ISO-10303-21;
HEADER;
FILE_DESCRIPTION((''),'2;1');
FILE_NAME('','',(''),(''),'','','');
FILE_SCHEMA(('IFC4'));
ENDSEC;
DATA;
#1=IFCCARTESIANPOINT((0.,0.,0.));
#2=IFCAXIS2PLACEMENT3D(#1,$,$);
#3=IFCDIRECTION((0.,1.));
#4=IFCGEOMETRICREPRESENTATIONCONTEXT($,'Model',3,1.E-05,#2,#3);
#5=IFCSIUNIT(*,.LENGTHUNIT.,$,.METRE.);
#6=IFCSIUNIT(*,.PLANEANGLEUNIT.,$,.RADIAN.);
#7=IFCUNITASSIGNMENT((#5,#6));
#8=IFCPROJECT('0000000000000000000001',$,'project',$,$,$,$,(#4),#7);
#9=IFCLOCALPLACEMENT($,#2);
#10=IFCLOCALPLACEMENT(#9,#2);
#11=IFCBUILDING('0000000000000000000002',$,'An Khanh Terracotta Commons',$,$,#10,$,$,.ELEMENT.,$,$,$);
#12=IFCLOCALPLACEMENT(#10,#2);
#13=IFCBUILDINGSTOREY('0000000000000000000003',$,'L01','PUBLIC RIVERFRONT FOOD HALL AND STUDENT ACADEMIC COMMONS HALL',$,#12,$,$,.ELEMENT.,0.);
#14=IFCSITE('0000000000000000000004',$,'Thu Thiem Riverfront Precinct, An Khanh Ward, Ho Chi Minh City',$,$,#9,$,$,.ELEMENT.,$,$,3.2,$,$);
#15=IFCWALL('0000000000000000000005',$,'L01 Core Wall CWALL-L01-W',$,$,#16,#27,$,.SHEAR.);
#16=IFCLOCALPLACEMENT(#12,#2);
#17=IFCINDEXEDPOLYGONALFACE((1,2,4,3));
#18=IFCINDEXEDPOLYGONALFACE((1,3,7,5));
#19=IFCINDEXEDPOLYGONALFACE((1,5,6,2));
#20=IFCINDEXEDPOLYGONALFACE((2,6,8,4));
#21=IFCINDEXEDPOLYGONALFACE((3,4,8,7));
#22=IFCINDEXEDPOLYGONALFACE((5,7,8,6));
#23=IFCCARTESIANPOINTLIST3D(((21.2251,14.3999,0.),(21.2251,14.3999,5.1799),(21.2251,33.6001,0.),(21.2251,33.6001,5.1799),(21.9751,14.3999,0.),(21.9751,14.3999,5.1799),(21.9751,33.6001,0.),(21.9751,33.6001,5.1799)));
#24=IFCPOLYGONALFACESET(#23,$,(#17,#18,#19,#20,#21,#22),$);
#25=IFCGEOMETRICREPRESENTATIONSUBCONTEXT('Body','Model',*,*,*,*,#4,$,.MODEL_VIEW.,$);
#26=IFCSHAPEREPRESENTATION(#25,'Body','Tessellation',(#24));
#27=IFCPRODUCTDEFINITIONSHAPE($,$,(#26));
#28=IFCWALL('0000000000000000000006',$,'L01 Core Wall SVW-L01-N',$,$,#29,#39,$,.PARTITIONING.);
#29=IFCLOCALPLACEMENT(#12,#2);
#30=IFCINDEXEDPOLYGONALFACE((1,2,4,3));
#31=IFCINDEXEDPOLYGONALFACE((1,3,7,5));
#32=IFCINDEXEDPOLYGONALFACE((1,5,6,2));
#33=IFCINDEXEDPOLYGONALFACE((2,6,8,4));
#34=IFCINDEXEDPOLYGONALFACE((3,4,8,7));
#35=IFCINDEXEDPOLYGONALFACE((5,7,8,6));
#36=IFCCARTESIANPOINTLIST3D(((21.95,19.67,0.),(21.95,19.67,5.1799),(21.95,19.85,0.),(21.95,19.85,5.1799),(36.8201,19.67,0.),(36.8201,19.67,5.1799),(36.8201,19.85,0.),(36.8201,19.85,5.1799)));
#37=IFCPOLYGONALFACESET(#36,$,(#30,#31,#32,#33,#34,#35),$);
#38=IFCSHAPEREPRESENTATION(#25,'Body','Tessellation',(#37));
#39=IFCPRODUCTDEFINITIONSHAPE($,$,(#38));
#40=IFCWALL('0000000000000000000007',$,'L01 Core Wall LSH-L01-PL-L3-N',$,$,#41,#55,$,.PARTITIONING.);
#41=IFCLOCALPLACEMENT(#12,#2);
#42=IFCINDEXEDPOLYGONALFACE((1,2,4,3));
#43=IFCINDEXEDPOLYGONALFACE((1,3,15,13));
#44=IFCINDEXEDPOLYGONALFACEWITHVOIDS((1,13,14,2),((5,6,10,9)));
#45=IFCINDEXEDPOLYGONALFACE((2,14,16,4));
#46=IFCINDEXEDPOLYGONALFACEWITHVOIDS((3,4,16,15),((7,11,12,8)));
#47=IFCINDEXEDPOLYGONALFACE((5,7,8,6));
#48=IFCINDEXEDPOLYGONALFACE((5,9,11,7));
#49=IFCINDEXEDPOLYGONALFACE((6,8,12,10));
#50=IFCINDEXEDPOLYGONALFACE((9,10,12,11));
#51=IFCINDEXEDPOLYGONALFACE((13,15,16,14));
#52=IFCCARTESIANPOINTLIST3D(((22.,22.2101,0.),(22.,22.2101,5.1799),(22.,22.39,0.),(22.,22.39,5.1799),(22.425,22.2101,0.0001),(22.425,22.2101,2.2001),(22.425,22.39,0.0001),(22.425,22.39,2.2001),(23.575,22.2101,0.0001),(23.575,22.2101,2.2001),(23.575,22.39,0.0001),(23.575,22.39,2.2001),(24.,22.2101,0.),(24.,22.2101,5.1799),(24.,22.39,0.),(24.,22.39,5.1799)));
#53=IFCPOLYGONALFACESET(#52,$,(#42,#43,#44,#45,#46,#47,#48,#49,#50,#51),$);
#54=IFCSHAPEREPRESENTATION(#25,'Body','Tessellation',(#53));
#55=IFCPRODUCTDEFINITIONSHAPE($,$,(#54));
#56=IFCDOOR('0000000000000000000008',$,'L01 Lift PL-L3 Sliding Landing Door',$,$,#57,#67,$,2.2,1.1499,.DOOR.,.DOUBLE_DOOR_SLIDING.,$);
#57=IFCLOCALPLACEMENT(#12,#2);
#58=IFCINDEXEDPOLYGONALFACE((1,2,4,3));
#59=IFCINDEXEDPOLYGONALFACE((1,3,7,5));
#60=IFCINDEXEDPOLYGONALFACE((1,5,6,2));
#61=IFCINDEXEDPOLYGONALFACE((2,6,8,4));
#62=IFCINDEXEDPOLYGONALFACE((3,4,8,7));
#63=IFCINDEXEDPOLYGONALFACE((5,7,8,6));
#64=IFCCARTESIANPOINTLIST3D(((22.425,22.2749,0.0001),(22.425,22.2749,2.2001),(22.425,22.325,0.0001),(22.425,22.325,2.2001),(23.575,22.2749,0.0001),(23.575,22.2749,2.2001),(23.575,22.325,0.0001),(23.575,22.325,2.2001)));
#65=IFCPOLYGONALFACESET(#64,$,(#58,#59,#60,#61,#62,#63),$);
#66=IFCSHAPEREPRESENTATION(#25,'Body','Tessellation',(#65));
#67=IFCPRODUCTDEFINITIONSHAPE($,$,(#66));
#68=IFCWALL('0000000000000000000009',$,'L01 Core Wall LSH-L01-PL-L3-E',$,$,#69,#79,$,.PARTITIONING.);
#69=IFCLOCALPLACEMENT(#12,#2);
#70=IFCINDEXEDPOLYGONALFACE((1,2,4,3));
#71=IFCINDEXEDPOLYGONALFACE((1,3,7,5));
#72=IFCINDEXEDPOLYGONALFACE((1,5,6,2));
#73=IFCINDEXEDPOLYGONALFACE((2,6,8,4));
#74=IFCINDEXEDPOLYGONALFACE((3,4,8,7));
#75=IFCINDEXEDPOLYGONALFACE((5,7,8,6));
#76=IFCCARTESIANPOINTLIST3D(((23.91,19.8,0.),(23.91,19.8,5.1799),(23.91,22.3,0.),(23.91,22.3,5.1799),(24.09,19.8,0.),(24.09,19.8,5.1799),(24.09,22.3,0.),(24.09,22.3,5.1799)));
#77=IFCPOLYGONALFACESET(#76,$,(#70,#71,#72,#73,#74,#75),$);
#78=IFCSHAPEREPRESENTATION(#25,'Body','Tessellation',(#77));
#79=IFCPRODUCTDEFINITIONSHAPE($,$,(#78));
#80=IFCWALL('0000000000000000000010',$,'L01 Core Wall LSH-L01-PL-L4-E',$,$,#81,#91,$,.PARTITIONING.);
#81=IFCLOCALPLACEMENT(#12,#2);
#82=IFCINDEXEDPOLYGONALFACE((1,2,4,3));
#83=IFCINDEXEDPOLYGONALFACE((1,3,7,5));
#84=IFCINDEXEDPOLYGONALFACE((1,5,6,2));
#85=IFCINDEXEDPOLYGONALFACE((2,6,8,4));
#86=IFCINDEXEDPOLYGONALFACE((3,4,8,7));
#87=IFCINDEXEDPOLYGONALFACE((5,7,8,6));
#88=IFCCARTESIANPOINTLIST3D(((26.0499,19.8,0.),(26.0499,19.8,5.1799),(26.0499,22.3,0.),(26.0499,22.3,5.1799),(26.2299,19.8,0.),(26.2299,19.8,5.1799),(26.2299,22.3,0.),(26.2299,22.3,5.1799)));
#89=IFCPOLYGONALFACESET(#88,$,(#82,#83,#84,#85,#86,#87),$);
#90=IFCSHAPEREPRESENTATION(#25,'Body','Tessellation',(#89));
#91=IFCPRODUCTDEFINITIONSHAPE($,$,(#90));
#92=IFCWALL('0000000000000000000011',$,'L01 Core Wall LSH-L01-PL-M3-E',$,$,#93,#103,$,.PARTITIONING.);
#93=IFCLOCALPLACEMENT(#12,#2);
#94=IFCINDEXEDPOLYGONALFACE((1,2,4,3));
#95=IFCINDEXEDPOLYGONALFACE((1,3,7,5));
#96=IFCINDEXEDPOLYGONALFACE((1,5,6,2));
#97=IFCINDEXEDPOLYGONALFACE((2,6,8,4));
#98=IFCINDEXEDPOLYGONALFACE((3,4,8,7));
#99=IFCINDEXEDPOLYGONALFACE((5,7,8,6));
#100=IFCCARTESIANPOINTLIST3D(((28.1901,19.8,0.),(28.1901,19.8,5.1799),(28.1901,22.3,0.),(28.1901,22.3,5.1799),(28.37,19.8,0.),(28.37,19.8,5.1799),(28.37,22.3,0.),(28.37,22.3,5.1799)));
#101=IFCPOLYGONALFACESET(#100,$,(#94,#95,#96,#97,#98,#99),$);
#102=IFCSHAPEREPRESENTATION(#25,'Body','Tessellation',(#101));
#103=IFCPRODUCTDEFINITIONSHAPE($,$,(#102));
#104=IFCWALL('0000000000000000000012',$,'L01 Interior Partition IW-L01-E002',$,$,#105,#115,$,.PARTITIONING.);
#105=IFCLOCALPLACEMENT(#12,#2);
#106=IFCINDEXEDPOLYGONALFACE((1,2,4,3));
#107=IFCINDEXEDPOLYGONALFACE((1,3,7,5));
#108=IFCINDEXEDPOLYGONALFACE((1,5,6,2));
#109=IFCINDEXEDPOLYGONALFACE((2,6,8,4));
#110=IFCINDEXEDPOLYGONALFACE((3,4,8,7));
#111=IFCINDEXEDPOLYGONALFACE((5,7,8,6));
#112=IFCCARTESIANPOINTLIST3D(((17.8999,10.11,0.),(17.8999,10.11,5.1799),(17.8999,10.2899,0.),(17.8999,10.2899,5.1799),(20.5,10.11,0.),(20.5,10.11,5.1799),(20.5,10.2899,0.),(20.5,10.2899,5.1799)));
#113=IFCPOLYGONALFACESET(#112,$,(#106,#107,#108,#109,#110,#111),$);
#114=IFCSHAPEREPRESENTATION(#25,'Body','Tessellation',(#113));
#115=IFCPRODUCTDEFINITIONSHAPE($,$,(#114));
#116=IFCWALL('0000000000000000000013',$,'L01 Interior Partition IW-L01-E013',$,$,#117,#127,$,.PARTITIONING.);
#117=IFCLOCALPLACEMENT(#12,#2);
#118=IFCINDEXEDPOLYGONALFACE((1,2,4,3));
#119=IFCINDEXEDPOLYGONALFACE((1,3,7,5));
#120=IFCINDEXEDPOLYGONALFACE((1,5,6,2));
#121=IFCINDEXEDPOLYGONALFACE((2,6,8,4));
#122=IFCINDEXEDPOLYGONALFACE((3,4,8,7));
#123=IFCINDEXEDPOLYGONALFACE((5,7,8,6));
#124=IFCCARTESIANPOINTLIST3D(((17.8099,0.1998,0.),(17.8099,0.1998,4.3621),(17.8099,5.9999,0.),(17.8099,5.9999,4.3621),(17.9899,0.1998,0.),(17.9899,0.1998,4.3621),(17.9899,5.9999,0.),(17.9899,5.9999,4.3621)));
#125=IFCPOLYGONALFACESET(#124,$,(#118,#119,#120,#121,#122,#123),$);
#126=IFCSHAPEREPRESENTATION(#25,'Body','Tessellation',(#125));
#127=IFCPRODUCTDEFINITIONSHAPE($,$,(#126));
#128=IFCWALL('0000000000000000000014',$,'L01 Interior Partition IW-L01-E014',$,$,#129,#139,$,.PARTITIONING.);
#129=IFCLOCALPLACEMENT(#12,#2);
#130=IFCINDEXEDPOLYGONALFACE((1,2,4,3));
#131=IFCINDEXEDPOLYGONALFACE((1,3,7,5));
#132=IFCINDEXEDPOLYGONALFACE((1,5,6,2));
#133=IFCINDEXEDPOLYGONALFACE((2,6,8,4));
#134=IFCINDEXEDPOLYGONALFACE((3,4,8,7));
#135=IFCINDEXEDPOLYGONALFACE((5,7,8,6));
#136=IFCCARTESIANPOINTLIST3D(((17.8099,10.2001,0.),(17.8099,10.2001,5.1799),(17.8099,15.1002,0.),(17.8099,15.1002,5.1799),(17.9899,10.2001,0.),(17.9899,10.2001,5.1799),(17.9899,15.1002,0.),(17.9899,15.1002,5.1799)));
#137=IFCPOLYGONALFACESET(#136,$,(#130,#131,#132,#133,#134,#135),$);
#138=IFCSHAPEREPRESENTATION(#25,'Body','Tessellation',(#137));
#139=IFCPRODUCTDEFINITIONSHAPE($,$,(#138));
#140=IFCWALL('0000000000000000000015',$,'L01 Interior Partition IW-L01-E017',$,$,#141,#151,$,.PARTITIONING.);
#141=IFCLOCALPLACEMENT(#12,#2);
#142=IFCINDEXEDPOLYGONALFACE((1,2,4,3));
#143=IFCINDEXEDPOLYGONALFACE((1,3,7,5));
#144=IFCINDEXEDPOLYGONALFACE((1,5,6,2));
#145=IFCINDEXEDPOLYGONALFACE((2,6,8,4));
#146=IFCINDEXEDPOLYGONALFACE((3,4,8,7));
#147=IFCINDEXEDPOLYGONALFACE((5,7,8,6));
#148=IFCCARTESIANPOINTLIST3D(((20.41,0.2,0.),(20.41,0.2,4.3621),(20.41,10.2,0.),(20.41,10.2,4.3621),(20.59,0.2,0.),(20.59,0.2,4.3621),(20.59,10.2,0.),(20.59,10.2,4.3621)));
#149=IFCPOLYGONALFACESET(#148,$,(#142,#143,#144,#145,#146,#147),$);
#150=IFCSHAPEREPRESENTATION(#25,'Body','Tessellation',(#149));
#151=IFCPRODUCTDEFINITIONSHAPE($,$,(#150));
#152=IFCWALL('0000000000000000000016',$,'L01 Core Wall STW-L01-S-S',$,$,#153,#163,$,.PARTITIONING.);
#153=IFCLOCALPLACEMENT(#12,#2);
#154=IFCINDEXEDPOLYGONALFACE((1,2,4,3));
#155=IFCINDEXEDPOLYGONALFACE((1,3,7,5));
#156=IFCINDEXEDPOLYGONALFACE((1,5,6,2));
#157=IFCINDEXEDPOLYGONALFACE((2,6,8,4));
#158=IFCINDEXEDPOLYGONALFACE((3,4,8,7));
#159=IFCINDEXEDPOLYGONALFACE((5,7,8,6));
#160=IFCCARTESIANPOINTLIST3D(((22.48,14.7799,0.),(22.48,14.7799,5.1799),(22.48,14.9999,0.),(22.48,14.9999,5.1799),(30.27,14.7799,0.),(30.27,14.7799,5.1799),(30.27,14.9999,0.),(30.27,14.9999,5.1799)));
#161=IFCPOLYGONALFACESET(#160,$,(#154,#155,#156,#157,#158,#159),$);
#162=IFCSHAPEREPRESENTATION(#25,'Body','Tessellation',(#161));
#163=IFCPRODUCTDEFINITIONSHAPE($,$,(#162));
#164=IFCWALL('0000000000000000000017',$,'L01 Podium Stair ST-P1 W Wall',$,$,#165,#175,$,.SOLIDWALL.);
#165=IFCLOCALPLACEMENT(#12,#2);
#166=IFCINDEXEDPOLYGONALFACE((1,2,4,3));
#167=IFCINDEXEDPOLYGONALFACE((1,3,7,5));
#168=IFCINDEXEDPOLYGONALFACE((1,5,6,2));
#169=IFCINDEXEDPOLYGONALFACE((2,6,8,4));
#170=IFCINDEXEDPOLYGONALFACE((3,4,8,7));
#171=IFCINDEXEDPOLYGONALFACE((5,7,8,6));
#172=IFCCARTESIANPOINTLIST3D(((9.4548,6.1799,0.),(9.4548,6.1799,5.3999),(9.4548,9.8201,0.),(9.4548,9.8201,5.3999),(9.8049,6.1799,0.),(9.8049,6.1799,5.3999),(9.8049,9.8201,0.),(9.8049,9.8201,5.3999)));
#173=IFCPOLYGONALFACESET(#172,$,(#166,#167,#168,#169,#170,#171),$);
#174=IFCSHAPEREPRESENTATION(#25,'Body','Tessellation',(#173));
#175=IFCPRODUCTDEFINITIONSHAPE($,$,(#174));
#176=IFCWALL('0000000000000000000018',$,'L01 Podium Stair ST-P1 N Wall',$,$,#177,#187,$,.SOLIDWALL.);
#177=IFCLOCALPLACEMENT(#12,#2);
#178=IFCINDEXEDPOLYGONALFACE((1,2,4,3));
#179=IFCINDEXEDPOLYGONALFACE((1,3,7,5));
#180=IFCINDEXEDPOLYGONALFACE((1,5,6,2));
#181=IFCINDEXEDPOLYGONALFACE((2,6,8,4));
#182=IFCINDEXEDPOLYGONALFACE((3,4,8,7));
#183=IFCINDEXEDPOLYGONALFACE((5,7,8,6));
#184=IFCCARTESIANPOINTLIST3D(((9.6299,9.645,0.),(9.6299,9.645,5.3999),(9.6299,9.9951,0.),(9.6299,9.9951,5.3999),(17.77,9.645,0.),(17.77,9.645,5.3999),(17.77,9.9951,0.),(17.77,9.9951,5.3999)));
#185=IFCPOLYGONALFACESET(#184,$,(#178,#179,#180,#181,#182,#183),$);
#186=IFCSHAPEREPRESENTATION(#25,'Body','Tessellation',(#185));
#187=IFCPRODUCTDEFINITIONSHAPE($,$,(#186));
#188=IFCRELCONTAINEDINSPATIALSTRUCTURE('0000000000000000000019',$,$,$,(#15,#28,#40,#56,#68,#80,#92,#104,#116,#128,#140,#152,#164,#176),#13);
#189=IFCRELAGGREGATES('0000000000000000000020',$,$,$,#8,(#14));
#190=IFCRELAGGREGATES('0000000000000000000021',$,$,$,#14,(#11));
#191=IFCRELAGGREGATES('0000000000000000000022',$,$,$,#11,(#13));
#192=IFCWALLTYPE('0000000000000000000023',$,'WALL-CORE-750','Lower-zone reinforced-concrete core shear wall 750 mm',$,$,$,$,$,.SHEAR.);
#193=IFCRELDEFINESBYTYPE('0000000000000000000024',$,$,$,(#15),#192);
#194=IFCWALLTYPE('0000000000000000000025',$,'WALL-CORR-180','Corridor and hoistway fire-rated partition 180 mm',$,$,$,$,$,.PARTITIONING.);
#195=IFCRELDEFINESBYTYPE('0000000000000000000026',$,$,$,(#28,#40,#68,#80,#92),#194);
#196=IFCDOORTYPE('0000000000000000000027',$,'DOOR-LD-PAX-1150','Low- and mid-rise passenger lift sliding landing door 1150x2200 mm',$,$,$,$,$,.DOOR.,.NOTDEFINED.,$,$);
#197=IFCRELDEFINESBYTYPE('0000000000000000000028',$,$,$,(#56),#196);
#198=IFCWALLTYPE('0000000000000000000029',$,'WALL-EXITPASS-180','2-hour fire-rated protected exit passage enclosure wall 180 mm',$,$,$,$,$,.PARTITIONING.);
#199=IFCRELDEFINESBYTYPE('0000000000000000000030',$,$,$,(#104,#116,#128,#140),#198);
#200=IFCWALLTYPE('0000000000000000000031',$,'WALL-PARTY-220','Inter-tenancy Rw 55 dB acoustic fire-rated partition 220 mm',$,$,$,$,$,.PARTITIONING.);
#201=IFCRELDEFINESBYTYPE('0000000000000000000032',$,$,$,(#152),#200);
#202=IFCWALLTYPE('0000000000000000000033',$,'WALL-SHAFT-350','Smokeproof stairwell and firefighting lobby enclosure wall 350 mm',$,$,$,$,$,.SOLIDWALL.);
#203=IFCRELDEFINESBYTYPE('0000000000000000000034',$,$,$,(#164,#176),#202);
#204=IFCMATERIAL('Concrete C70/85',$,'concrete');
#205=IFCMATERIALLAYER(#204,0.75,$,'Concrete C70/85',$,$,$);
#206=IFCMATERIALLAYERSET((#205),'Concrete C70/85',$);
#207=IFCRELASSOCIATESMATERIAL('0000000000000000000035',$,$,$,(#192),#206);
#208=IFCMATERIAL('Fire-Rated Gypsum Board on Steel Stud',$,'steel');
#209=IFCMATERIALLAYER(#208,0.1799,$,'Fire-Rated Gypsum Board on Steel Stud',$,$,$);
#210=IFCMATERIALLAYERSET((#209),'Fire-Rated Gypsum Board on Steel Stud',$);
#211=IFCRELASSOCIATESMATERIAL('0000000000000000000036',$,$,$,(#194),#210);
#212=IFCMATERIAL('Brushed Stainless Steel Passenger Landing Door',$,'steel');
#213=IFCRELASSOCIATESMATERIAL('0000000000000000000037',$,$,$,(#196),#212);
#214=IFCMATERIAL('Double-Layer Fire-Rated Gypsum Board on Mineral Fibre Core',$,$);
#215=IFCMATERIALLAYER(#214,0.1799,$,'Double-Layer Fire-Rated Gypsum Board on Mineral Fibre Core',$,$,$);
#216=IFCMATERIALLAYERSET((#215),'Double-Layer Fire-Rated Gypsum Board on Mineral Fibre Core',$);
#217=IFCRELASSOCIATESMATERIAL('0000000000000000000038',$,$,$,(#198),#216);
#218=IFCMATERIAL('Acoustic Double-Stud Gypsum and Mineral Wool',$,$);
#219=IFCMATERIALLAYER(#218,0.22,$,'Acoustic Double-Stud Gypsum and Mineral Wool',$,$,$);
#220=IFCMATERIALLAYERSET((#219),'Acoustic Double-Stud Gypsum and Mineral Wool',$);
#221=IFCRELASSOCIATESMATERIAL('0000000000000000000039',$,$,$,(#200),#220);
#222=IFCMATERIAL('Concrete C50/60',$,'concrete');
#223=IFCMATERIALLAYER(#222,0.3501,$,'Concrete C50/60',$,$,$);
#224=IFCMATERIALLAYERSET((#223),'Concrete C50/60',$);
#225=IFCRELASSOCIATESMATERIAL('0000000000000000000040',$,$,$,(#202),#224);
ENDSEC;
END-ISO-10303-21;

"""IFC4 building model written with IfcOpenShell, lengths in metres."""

from ifc_helpers import new_model, si_unit, direction, frame, frame_2d, origin, place, context, subcontext, project, spatial, rectangle, extrude, material, layer, layer_set, type_object, element, fill, save


model = new_model("IFC4")

# Units and contexts
model_context = context("Model", 3, precision=1e-05, world=origin(), true_north=direction((0.0, 1.0)))
body_context = subcontext(model_context, "Body", "Model", "MODEL_VIEW")
ifc_project = project(units=[si_unit("LENGTHUNIT", "METRE"), si_unit("PLANEANGLEUNIT", "RADIAN")], contexts=[model_context])

# Site, building, storey
site_placement = place(None, origin())
site = spatial("IfcSite", under=ifc_project, at=site_placement, Name="Thu Thiem Riverfront Precinct, An Khanh Ward, Ho Chi Minh City", CompositionType="ELEMENT", RefElevation=3.2)
building_placement = place(site_placement, origin())
building = spatial("IfcBuilding", under=site, at=building_placement, Name="An Khanh Terracotta Commons", CompositionType="ELEMENT")
storey_placement = place(building_placement, origin())
storey = spatial("IfcBuildingStorey", under=building, at=storey_placement, Name="L01", Description="PUBLIC RIVERFRONT FOOD HALL AND STUDENT ACADEMIC COMMONS HALL", CompositionType="ELEMENT", Elevation=0.0)

# Shared definitions
ifc_material_1 = material(Name="Concrete C70/85", Category="concrete")

# Walls
ifc_layer_1 = layer(ifc_material_1, 0.75, Name="Concrete C70/85")
ifc_layer_set_1 = layer_set([ifc_layer_1], Name="Concrete C70/85")
wall_type_1 = type_object("IfcWallType", Name="WALL-CORE-750", Description="Lower-zone reinforced-concrete core shear wall 750 mm", PredefinedType="SHEAR", material=ifc_layer_set_1)
wall_1_placement = place(storey_placement, frame((21.6001, 14.3999, 0.0), z_axis=(0.0, 0.0, 1.0), x_axis=(0.0, 1.0, 0.0)))
element("IfcWall", 1, at=wall_1_placement, inside=storey, type_object=wall_type_1, Name="L01 Core Wall CWALL-L01-W", PredefinedType="SHEAR", context=body_context, shape_type="SweptSolid", body=[
    extrude(rectangle(XDim=19.2002, YDim=0.75, at=frame_2d((9.6001, 0.0))), origin(), (0.0, 0.0, 1.0), 5.1799),
])
ifc_material_2 = material(Name="Fire-Rated Gypsum Board on Steel Stud", Category="steel")
ifc_layer_2 = layer(ifc_material_2, 0.1799, Name="Fire-Rated Gypsum Board on Steel Stud")
ifc_layer_set_2 = layer_set([ifc_layer_2], Name="Fire-Rated Gypsum Board on Steel Stud")
wall_type_2 = type_object("IfcWallType", Name="WALL-CORR-180", Description="Corridor and hoistway fire-rated partition 180 mm", PredefinedType="PARTITIONING", material=ifc_layer_set_2)
wall_2_placement = place(storey_placement, frame((21.95, 19.76, 0.0), z_axis=(0.0, 0.0, 1.0), x_axis=(1.0, 0.0, 0.0)))
element("IfcWall", 2, at=wall_2_placement, inside=storey, type_object=wall_type_2, Name="L01 Core Wall SVW-L01-N", PredefinedType="PARTITIONING", context=body_context, shape_type="SweptSolid", body=[
    extrude(rectangle(XDim=14.8701, YDim=0.1799, at=frame_2d((7.4351, 0.0))), origin(), (0.0, 0.0, 1.0), 5.1799),
])

# Wall, opening, door
wall_3_placement = place(storey_placement, frame((22.0, 22.3, 0.0), z_axis=(0.0, 0.0, 1.0), x_axis=(1.0, 0.0, 0.0)))
wall_3 = element("IfcWall", 3, at=wall_3_placement, inside=storey, type_object=wall_type_2, Name="L01 Core Wall LSH-L01-PL-L3-N", PredefinedType="PARTITIONING", context=body_context, shape_type="SweptSolid", body=[
    extrude(rectangle(XDim=2.0, YDim=0.1799, at=frame_2d((1.0, 0.0))), origin(), (0.0, 0.0, 1.0), 5.1799),
])
opening_1_placement = place(wall_3_placement, frame((0.425, 0.0, 0.0)))
opening_1 = element("IfcOpeningElement", 4, at=opening_1_placement, cuts=wall_3, PredefinedType="OPENING", context=body_context, shape_type="SweptSolid", body=[
    extrude(rectangle(XDim=1.1499, YDim=2.2, at=frame_2d((0.575, 1.1001))), frame((0.0, 0.0999, 0.0), z_axis=(0.0, -1.0, 0.0), x_axis=(1.0, 0.0, 0.0)), (0.0, 0.0, 1.0), 0.2),
])
ifc_material_3 = material(Name="Brushed Stainless Steel Passenger Landing Door", Category="steel")
door_type_1 = type_object("IfcDoorType", Name="DOOR-LD-PAX-1150", Description="Low- and mid-rise passenger lift sliding landing door 1150x2200 mm", OperationType="NOTDEFINED", PredefinedType="DOOR", material=ifc_material_3)
door_1_placement = place(opening_1_placement, origin())
door_1 = element("IfcDoor", 5, at=door_1_placement, inside=storey, type_object=door_type_1, Name="L01 Lift PL-L3 Sliding Landing Door", OperationType="DOUBLE_DOOR_SLIDING", OverallHeight=2.2, OverallWidth=1.1499, PredefinedType="DOOR", context=body_context, shape_type="SweptSolid", body=[
    extrude(rectangle(XDim=1.1499, YDim=2.2, at=frame_2d((0.575, 1.1001))), frame((0.0, 0.0249, 0.0), z_axis=(0.0, -1.0, 0.0), x_axis=(1.0, 0.0, 0.0)), (0.0, 0.0, 1.0), 0.05),
])
fill(opening_1, door_1)

# Walls
for number, where, z_axis, x_axis, name in (
    (6, (24.0, 19.8, 0.0), (0.0, 0.0, 1.0), (0.0, 1.0, 0.0), "L01 Core Wall LSH-L01-PL-L3-E"),
    (7, (26.1399, 19.8, 0.0), (0.0, 0.0, 1.0), (0.0, 1.0, 0.0), "L01 Core Wall LSH-L01-PL-L4-E"),
    (8, (28.28, 19.8, 0.0), (0.0, 0.0, 1.0), (0.0, 1.0, 0.0), "L01 Core Wall LSH-L01-PL-M3-E"),
):
    element("IfcWall", number, at=place(storey_placement, frame(where, z_axis=z_axis, x_axis=x_axis)), inside=storey, type_object=wall_type_2, Name=name, PredefinedType="PARTITIONING", context=body_context, shape_type="SweptSolid", body=[
        extrude(rectangle(XDim=2.5, YDim=0.1799, at=frame_2d((1.25, 0.0))), origin(), (0.0, 0.0, 1.0), 5.1799),
    ])
ifc_material_4 = material(Name="Double-Layer Fire-Rated Gypsum Board on Mineral Fibre Core")
ifc_layer_3 = layer(ifc_material_4, 0.1799, Name="Double-Layer Fire-Rated Gypsum Board on Mineral Fibre Core")
ifc_layer_set_3 = layer_set([ifc_layer_3], Name="Double-Layer Fire-Rated Gypsum Board on Mineral Fibre Core")
wall_type_3 = type_object("IfcWallType", Name="WALL-EXITPASS-180", Description="2-hour fire-rated protected exit passage enclosure wall 180 mm", PredefinedType="PARTITIONING", material=ifc_layer_set_3)
wall_4_placement = place(storey_placement, frame((17.8999, 10.2, 0.0), z_axis=(0.0, 0.0, 1.0), x_axis=(1.0, 0.0, 0.0)))
element("IfcWall", 9, at=wall_4_placement, inside=storey, type_object=wall_type_3, Name="L01 Interior Partition IW-L01-E002", PredefinedType="PARTITIONING", context=body_context, shape_type="SweptSolid", body=[
    extrude(rectangle(XDim=2.6001, YDim=0.1799, at=frame_2d((1.3, 0.0))), origin(), (0.0, 0.0, 1.0), 5.1799),
])
wall_5_placement = place(storey_placement, frame((17.8999, 0.2, 0.0), z_axis=(0.0, 0.0, 1.0), x_axis=(0.0, 1.0, 0.0)))
element("IfcWall", 10, at=wall_5_placement, inside=storey, type_object=wall_type_3, Name="L01 Interior Partition IW-L01-E013", PredefinedType="PARTITIONING", context=body_context, shape_type="SweptSolid", body=[
    extrude(rectangle(XDim=5.8, YDim=0.1799, at=frame_2d((2.8999, 0.0))), origin(), (0.0, 0.0, 1.0), 4.3621),
])
wall_6_placement = place(storey_placement, frame((17.8999, 10.2, 0.0), z_axis=(0.0, 0.0, 1.0), x_axis=(0.0, 1.0, 0.0)))
element("IfcWall", 11, at=wall_6_placement, inside=storey, type_object=wall_type_3, Name="L01 Interior Partition IW-L01-E014", PredefinedType="PARTITIONING", context=body_context, shape_type="SweptSolid", body=[
    extrude(rectangle(XDim=4.9001, YDim=0.1799, at=frame_2d((2.4502, 0.0))), origin(), (0.0, 0.0, 1.0), 5.1799),
])
wall_7_placement = place(storey_placement, frame((20.5, 0.2, 0.0), z_axis=(0.0, 0.0, 1.0), x_axis=(0.0, 1.0, 0.0)))
element("IfcWall", 12, at=wall_7_placement, inside=storey, type_object=wall_type_3, Name="L01 Interior Partition IW-L01-E017", PredefinedType="PARTITIONING", context=body_context, shape_type="SweptSolid", body=[
    extrude(rectangle(XDim=10.0, YDim=0.1799, at=frame_2d((5.0, 0.0))), origin(), (0.0, 0.0, 1.0), 4.3621),
])
ifc_material_5 = material(Name="Acoustic Double-Stud Gypsum and Mineral Wool")
ifc_layer_4 = layer(ifc_material_5, 0.22, Name="Acoustic Double-Stud Gypsum and Mineral Wool")
ifc_layer_set_4 = layer_set([ifc_layer_4], Name="Acoustic Double-Stud Gypsum and Mineral Wool")
wall_type_4 = type_object("IfcWallType", Name="WALL-PARTY-220", Description="Inter-tenancy Rw 55 dB acoustic fire-rated partition 220 mm", PredefinedType="PARTITIONING", material=ifc_layer_set_4)
wall_8_placement = place(storey_placement, frame((22.48, 14.8899, 0.0), z_axis=(0.0, 0.0, 1.0), x_axis=(1.0, 0.0, 0.0)))
element("IfcWall", 13, at=wall_8_placement, inside=storey, type_object=wall_type_4, Name="L01 Core Wall STW-L01-S-S", PredefinedType="PARTITIONING", context=body_context, shape_type="SweptSolid", body=[
    extrude(rectangle(XDim=7.79, YDim=0.22, at=frame_2d((3.895, 0.0))), origin(), (0.0, 0.0, 1.0), 5.1799),
])
ifc_material_6 = material(Name="Concrete C50/60", Category="concrete")
ifc_layer_5 = layer(ifc_material_6, 0.3501, Name="Concrete C50/60")
ifc_layer_set_5 = layer_set([ifc_layer_5], Name="Concrete C50/60")
wall_type_5 = type_object("IfcWallType", Name="WALL-SHAFT-350", Description="Smokeproof stairwell and firefighting lobby enclosure wall 350 mm", PredefinedType="SOLIDWALL", material=ifc_layer_set_5)
wall_9_placement = place(storey_placement, frame((9.6299, 6.1799, 0.0), z_axis=(0.0, 0.0, 1.0), x_axis=(0.0, 1.0, 0.0)))
element("IfcWall", 14, at=wall_9_placement, inside=storey, type_object=wall_type_5, Name="L01 Podium Stair ST-P1 W Wall", PredefinedType="SOLIDWALL", context=body_context, shape_type="SweptSolid", body=[
    extrude(rectangle(XDim=3.6401, YDim=0.3501, at=frame_2d((1.8201, 0.0))), origin(), (0.0, 0.0, 1.0), 5.3999),
])
for number, where, z_axis, x_axis, name in (
    (15, (9.6299, 9.8201, 0.0), (0.0, 0.0, 1.0), (1.0, 0.0, 0.0), "L01 Podium Stair ST-P1 N Wall"),
):
    element("IfcWall", number, at=place(storey_placement, frame(where, z_axis=z_axis, x_axis=x_axis)), inside=storey, type_object=wall_type_5, Name=name, PredefinedType="SOLIDWALL", context=body_context, shape_type="SweptSolid", body=[
        extrude(rectangle(XDim=8.1401, YDim=0.3501, at=frame_2d((4.0701, 0.0))), origin(), (0.0, 0.0, 1.0), 5.3999),
    ])

save(model, "model.ifc")
